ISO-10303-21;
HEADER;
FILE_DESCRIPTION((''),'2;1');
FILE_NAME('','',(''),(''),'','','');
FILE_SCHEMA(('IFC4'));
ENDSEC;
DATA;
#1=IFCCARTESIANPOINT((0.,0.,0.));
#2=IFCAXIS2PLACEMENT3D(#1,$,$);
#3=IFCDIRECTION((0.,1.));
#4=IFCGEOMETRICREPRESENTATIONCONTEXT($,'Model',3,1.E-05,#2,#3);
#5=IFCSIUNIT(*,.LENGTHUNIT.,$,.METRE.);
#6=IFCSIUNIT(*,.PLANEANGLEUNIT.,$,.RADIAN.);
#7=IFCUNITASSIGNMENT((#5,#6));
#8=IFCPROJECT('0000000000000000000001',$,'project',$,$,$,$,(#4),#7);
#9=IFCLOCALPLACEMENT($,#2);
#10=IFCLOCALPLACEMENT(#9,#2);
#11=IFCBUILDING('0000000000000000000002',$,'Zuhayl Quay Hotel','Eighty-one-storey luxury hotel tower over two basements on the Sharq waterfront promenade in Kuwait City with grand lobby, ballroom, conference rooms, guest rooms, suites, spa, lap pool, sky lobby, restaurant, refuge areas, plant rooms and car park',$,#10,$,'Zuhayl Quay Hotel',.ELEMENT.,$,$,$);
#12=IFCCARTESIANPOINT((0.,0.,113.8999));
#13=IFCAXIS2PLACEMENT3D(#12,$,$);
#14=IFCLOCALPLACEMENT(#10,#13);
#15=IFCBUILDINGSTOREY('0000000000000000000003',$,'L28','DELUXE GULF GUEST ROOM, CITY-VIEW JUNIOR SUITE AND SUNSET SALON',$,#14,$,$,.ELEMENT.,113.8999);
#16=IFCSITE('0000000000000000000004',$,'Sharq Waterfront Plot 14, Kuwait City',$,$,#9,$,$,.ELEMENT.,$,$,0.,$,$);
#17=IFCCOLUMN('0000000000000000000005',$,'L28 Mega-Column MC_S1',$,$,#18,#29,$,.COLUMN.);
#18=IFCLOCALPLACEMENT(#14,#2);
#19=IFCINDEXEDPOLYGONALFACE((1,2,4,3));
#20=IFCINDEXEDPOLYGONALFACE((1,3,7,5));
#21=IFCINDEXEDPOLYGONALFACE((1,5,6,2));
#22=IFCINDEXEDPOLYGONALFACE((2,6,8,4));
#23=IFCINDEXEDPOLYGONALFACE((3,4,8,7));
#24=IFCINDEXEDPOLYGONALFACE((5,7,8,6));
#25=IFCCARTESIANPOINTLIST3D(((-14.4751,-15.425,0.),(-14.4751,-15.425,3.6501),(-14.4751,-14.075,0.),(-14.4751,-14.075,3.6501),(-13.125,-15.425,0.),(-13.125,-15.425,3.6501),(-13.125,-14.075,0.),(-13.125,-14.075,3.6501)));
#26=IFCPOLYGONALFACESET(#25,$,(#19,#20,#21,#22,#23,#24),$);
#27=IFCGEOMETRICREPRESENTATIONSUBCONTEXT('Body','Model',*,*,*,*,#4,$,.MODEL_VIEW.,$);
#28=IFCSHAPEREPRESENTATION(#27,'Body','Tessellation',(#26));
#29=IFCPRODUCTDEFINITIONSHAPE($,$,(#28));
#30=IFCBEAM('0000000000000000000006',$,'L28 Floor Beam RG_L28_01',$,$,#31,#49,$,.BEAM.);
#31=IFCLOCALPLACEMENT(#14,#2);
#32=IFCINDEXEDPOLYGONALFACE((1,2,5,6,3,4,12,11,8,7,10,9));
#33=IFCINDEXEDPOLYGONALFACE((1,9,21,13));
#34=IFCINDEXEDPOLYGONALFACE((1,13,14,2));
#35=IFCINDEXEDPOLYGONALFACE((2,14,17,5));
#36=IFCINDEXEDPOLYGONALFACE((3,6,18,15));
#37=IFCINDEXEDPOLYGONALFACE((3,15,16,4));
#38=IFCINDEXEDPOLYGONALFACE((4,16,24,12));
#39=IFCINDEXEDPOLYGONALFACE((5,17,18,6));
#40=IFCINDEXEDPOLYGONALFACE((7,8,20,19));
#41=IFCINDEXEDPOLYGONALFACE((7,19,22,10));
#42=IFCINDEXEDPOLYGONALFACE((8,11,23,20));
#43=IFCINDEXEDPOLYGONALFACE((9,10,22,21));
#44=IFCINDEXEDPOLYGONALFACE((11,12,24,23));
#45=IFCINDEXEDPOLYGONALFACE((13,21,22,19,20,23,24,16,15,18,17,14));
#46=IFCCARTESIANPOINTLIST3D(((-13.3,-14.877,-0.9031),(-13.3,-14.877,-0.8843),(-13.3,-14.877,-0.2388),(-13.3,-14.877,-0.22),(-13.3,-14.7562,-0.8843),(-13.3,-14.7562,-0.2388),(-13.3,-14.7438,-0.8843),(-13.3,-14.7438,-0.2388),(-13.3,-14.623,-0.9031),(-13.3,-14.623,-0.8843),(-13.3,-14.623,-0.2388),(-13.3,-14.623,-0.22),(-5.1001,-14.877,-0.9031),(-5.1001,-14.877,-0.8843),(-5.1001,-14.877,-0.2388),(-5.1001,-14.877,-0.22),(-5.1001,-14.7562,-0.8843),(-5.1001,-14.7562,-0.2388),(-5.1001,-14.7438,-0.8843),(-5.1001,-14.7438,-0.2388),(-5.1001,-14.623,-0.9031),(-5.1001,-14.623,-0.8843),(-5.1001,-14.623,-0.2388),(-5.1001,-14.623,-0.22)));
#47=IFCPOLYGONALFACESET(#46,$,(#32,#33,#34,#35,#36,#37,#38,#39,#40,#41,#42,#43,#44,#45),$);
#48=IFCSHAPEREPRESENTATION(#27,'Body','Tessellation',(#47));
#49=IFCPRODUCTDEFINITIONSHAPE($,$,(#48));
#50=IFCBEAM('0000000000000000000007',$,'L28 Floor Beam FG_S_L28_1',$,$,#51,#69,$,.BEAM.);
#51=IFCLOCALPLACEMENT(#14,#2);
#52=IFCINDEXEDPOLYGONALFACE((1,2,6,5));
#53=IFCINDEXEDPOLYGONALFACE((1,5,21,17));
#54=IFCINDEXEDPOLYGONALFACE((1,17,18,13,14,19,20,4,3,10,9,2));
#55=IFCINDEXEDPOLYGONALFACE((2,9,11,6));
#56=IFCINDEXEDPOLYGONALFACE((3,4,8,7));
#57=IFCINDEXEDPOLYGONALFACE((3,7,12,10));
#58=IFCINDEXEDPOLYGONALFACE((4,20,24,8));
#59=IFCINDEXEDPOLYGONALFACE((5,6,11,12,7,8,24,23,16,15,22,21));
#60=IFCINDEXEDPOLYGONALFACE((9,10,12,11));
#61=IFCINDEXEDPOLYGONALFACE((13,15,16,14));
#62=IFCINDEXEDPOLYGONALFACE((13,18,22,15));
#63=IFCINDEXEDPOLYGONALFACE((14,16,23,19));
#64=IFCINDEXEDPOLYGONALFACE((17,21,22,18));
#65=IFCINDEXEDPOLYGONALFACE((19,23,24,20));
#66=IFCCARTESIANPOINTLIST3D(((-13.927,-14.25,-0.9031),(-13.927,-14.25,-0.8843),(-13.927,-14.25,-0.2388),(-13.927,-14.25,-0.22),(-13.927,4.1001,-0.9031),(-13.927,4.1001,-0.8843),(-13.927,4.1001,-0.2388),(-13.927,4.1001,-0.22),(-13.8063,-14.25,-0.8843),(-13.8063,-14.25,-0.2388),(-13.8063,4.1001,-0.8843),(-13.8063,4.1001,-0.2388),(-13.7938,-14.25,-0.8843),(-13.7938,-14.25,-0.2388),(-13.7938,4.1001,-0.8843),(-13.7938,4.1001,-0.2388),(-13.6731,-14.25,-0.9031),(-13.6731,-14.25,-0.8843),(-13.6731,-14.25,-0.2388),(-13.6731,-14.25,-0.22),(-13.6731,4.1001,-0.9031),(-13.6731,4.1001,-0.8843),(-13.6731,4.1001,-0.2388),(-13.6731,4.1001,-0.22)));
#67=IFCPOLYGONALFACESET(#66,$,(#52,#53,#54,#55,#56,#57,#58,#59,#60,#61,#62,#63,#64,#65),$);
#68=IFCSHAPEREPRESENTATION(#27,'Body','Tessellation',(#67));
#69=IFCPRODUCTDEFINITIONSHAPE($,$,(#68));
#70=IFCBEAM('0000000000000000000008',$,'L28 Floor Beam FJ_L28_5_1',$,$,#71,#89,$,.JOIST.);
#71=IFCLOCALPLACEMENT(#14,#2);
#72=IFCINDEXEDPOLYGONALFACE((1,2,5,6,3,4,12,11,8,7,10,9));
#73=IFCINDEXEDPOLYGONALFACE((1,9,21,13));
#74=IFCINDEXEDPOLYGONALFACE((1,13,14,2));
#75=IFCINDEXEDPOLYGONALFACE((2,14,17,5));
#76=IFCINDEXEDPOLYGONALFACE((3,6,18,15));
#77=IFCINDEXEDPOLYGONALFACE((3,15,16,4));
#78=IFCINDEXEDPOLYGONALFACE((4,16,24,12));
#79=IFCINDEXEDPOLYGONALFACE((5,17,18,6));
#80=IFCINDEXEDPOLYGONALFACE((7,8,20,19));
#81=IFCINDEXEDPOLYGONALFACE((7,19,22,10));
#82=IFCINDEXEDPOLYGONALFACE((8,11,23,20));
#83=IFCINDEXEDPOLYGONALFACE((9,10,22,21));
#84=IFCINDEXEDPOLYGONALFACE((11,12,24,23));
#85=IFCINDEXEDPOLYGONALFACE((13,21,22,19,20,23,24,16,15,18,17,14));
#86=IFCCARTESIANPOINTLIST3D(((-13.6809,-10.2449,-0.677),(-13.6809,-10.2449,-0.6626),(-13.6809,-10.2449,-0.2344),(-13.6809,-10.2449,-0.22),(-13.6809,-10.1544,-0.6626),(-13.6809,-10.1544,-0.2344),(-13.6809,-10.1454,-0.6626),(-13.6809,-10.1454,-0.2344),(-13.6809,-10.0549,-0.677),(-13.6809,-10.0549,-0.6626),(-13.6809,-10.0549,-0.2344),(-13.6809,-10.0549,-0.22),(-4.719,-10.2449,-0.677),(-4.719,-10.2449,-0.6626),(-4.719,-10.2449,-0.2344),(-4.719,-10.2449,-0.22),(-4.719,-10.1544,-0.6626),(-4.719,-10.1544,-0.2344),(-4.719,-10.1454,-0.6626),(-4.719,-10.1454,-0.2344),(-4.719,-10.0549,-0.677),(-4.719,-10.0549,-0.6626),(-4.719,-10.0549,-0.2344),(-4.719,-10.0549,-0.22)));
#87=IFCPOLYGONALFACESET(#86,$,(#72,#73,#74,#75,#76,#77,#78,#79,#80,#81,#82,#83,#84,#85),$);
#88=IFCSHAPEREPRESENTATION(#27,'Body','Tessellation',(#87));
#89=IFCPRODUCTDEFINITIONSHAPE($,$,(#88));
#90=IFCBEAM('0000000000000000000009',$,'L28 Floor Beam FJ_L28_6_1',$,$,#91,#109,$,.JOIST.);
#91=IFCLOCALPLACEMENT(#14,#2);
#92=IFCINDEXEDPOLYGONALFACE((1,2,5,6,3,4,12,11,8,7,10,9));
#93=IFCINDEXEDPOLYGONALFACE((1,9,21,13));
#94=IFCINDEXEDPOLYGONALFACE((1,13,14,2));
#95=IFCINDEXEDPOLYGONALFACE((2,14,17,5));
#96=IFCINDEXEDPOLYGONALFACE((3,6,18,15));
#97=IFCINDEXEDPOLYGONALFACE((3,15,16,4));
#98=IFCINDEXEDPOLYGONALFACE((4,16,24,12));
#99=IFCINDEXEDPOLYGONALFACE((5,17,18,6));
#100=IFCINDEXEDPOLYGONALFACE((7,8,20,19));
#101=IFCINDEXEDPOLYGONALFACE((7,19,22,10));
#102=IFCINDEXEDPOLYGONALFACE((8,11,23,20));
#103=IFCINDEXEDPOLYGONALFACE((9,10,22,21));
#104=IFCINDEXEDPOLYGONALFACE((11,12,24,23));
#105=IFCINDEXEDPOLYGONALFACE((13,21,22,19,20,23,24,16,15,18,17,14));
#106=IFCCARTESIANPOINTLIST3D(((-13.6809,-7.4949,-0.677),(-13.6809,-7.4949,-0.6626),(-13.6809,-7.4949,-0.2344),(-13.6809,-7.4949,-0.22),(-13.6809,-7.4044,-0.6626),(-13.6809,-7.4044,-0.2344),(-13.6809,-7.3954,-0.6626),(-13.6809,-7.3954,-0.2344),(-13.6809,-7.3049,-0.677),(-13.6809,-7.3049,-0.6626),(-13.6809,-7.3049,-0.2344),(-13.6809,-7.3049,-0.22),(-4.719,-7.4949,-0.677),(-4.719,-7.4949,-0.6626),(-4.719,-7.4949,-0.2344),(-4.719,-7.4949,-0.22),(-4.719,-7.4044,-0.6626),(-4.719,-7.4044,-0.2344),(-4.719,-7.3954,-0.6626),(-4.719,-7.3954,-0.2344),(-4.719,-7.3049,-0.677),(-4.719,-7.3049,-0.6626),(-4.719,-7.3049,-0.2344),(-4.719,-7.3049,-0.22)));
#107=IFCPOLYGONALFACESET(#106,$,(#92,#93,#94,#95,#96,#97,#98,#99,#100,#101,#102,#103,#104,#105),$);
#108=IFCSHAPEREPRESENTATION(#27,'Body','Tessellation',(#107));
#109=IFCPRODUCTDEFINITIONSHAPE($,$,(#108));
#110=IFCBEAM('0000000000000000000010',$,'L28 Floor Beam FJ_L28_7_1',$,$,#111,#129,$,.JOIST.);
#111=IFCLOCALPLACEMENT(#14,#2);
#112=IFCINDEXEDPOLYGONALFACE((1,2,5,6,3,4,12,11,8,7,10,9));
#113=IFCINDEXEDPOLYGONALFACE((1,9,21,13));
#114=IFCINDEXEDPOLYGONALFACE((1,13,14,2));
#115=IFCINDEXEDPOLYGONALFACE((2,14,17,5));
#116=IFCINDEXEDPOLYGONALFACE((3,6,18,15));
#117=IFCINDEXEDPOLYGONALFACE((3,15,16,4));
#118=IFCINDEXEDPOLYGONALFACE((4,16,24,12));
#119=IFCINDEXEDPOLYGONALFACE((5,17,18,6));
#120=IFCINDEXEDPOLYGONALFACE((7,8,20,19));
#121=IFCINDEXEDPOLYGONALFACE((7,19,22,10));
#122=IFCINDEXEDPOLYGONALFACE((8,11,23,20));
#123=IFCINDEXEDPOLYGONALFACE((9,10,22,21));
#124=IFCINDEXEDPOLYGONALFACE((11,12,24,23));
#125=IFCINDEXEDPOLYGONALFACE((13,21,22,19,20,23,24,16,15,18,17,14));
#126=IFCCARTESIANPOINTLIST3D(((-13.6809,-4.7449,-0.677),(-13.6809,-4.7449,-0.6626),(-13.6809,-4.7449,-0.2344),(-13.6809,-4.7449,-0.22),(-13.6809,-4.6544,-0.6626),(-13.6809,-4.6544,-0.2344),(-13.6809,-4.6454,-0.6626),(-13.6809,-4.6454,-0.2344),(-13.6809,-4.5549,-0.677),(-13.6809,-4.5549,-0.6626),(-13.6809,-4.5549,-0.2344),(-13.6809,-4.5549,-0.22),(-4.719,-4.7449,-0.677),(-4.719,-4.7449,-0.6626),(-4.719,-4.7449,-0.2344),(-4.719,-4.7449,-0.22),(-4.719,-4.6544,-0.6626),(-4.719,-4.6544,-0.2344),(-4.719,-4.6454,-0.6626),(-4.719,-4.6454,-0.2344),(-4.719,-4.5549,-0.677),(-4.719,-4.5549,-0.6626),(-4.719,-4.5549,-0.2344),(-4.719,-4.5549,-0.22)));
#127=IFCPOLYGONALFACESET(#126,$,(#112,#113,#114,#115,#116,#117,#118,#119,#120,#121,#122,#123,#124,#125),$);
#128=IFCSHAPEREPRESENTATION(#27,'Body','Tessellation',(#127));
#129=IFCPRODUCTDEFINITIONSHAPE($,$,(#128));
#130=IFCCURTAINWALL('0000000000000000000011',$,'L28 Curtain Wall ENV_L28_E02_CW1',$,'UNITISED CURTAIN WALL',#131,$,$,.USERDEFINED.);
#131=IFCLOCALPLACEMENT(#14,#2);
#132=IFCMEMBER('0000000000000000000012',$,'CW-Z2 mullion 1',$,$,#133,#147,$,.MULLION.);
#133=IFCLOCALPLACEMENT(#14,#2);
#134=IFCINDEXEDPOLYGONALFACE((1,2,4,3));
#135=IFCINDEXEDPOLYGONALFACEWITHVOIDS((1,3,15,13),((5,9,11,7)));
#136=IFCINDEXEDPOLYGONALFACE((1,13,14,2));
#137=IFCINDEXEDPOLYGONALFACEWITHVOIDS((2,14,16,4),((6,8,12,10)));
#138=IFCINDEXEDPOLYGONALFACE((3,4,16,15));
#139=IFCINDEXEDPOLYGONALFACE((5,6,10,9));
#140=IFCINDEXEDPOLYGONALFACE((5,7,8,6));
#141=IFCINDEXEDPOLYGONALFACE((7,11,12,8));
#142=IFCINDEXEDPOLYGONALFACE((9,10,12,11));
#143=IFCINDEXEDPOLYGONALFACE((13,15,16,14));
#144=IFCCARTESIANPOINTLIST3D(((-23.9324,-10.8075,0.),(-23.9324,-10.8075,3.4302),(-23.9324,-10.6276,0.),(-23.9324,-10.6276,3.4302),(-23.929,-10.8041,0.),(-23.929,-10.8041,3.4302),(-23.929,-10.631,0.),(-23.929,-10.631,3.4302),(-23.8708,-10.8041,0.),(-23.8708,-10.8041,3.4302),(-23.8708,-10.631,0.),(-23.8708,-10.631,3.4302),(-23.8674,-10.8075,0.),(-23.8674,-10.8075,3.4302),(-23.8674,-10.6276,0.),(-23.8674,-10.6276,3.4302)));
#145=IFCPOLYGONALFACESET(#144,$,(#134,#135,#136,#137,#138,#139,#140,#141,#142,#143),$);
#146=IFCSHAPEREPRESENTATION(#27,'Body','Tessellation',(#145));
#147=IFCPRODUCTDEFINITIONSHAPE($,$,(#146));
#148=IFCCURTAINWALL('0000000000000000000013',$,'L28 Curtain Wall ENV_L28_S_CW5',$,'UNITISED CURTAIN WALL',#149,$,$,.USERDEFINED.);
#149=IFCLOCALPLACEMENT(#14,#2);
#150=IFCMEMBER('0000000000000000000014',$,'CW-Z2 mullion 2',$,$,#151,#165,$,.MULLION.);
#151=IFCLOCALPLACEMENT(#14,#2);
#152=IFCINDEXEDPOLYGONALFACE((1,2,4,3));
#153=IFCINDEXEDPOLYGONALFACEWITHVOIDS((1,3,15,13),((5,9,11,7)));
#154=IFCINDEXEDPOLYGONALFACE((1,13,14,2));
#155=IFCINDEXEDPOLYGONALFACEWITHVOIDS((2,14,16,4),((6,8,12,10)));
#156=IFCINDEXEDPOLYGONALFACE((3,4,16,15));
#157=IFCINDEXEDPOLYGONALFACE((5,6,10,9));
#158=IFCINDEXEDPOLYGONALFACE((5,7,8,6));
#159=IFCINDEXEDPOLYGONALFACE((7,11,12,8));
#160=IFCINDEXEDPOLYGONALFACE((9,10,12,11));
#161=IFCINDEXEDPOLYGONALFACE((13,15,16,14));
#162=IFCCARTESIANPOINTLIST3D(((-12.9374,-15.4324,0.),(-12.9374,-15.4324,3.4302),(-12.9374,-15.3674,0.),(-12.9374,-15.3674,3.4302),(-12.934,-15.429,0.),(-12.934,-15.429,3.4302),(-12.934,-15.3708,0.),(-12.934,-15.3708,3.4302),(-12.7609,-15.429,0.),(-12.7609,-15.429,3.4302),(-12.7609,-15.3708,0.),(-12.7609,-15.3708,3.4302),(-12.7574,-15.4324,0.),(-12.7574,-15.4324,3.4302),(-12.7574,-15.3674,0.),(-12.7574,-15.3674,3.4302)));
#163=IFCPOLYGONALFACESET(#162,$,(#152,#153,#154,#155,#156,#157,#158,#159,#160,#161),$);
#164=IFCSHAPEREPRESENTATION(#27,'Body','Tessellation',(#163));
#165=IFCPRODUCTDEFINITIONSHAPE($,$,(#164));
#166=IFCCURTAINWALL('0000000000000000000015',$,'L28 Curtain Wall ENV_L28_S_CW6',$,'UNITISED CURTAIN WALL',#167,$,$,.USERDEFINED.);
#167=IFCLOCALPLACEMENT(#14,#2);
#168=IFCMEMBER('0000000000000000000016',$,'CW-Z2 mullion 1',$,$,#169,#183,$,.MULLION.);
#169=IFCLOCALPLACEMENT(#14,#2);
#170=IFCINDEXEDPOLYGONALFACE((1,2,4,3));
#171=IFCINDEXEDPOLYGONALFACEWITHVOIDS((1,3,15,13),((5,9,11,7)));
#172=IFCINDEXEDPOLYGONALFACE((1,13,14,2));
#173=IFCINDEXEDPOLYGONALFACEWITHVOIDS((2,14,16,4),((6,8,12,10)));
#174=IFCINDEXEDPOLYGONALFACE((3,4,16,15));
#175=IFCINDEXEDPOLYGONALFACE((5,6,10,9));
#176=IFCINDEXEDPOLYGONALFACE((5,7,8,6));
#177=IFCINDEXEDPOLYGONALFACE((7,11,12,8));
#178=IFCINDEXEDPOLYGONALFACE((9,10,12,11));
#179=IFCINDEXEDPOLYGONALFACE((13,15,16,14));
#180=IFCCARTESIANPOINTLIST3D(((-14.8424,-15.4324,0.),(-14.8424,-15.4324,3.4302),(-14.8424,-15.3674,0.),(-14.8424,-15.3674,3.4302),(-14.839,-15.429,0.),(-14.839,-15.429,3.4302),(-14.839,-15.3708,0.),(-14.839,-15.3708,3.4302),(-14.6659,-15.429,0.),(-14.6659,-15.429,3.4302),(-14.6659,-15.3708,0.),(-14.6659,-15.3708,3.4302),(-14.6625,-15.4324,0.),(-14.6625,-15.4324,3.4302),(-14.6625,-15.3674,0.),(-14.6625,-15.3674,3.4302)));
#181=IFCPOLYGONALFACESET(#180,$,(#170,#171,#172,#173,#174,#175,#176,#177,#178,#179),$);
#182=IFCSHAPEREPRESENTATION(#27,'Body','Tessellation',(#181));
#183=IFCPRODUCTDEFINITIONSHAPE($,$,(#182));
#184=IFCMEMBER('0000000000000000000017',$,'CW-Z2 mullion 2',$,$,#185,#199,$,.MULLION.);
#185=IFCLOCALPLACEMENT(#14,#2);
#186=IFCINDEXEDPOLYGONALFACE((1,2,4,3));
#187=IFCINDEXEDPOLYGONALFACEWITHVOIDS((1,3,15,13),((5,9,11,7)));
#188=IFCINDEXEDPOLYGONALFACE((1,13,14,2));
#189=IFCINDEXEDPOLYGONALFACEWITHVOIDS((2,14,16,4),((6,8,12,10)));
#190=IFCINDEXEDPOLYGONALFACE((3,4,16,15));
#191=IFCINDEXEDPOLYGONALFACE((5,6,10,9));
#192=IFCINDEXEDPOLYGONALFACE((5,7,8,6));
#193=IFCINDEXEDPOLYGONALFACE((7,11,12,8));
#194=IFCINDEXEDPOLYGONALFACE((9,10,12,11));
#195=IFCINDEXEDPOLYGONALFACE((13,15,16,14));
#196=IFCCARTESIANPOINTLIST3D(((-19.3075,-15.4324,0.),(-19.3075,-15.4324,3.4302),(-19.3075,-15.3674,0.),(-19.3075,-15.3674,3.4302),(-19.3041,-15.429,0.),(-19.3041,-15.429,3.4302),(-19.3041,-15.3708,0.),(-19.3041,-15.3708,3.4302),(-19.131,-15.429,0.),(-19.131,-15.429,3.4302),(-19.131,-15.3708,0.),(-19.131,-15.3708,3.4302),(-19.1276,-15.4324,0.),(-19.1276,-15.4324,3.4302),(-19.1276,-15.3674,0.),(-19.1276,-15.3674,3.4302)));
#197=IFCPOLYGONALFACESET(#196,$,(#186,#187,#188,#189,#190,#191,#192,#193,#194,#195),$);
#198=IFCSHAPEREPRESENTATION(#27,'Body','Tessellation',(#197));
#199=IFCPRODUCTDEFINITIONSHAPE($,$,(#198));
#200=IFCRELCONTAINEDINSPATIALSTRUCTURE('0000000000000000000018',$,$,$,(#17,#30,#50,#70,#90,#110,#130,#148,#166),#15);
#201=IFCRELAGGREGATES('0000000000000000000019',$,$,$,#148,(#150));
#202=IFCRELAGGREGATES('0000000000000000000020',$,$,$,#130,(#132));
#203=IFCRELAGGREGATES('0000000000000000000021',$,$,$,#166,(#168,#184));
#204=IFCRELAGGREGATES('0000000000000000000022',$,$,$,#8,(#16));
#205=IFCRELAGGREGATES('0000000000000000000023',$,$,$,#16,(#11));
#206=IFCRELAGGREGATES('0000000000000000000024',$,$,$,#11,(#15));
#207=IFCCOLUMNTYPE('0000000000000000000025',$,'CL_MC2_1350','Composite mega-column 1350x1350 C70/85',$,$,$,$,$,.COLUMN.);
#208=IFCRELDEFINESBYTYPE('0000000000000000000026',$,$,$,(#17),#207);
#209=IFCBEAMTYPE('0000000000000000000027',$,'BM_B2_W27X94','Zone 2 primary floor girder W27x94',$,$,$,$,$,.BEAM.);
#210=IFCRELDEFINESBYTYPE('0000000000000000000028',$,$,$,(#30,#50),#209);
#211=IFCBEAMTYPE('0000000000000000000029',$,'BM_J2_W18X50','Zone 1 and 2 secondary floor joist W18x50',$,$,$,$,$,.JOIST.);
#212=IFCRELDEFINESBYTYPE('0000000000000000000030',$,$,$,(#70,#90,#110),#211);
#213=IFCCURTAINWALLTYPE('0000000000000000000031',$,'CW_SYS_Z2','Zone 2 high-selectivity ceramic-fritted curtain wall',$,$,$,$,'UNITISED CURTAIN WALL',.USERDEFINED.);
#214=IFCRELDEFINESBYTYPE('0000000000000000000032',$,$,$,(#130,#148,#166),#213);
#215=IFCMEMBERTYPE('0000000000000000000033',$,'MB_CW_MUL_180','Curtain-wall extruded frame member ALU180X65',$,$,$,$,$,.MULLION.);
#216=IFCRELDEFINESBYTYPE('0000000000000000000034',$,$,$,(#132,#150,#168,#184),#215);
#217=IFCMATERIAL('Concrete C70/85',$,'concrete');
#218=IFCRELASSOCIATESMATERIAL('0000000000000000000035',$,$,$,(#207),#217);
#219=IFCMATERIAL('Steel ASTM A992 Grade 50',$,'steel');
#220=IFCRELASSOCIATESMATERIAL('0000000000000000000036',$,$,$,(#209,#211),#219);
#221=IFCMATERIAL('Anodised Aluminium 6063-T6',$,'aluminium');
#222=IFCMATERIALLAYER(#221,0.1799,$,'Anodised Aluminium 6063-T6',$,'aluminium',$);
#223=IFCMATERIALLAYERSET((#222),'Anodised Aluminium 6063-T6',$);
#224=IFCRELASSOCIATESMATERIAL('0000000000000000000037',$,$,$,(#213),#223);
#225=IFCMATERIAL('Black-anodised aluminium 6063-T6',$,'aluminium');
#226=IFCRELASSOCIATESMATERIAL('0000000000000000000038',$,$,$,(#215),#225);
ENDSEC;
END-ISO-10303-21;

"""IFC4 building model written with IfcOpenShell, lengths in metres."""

from ifc_helpers import new_model, si_unit, direction, frame, origin, origin_2d, place, context, subcontext, project, spatial, rectangle, hollow_rectangle, i_section, extrude, material, layer, layer_set, material_profile, profile_set, type_object, element, aggregate, save


model = new_model("IFC4")

# Units and contexts
model_context = context("Model", 3, precision=1e-05, world=origin(), true_north=direction((0.0, 1.0)))
body_context = subcontext(model_context, "Body", "Model", "MODEL_VIEW")
ifc_project = project(units=[si_unit("LENGTHUNIT", "METRE"), si_unit("PLANEANGLEUNIT", "RADIAN")], contexts=[model_context])

# Site, building, storey
site_placement = place(None, origin())
site = spatial("IfcSite", under=ifc_project, at=site_placement, Name="Sharq Waterfront Plot 14, Kuwait City", CompositionType="ELEMENT", RefElevation=0.0)
building_placement = place(site_placement, origin())
building = spatial("IfcBuilding", under=site, at=building_placement, Name="Zuhayl Quay Hotel", Description="Eighty-one-storey luxury hotel tower over two basements on the Sharq waterfront promenade in Kuwait City with grand lobby, ballroom, conference rooms, guest rooms, suites, spa, lap pool, sky lobby, restaurant, refuge areas, plant rooms and car park", LongName="Zuhayl Quay Hotel", CompositionType="ELEMENT")
storey_placement = place(building_placement, frame((0.0, 0.0, 113.8999)))
storey = spatial("IfcBuildingStorey", under=building, at=storey_placement, Name="L28", Description="DELUXE GULF GUEST ROOM, CITY-VIEW JUNIOR SUITE AND SUNSET SALON", CompositionType="ELEMENT", Elevation=113.8999)

# Column
ifc_material_1 = material(Name="Concrete C70/85", Category="concrete")
ifc_material_profile_1 = material_profile(ifc_material_1, rectangle(XDim=1.3501, YDim=1.3501, at=origin_2d()), Name="RC1350X1350")
ifc_profile_set_1 = profile_set([ifc_material_profile_1], Name="Concrete C70/85")
column_type = type_object("IfcColumnType", Name="CL_MC2_1350", Description="Composite mega-column 1350x1350 C70/85", PredefinedType="COLUMN", material=ifc_profile_set_1)
column_placement = place(storey_placement, frame((-13.8, -14.75, 0.0), z_axis=(0.0, 0.0, 1.0), x_axis=(1.0, 0.0, 0.0)))
element("IfcColumn", 1, at=column_placement, inside=storey, type_object=column_type, Name="L28 Mega-Column MC_S1", PredefinedType="COLUMN", context=body_context, shape_type="SweptSolid", body=[
    extrude(rectangle(XDim=1.3501, YDim=1.3501, at=origin_2d()), origin(), (0.0, 0.0, 1.0), 3.6501),
])

# Beams
ifc_material_2 = material(Name="Steel ASTM A992 Grade 50", Category="steel")
ifc_material_profile_2 = material_profile(ifc_material_2, i_section(OverallWidth=0.2539, OverallDepth=0.6831, WebThickness=0.0125, FlangeThickness=0.0188, at=origin_2d()), Name="W27X94")
ifc_profile_set_2 = profile_set([ifc_material_profile_2], Name="Steel ASTM A992 Grade 50")
beam_type_1 = type_object("IfcBeamType", Name="BM_B2_W27X94", Description="Zone 2 primary floor girder W27x94", PredefinedType="BEAM", material=ifc_profile_set_2)
beam_1_placement = place(storey_placement, frame((-13.3, -14.75, -0.5615), z_axis=(1.0, 0.0, 0.0), x_axis=(0.0, 1.0, 0.0)))
element("IfcBeam", 2, at=beam_1_placement, inside=storey, type_object=beam_type_1, Name="L28 Floor Beam RG_L28_01", PredefinedType="BEAM", context=body_context, shape_type="SweptSolid", body=[
    extrude(i_section(OverallWidth=0.2539, OverallDepth=0.6831, WebThickness=0.0125, FlangeThickness=0.0188, at=origin_2d()), origin(), (0.0, 0.0, 1.0), 8.2),
])
beam_2_placement = place(storey_placement, frame((-13.8, -14.25, -0.5615), z_axis=(0.0, 1.0, 0.0), x_axis=(-1.0, 0.0, 0.0)))
element("IfcBeam", 3, at=beam_2_placement, inside=storey, type_object=beam_type_1, Name="L28 Floor Beam FG_S_L28_1", PredefinedType="BEAM", context=body_context, shape_type="SweptSolid", body=[
    extrude(i_section(OverallWidth=0.2539, OverallDepth=0.6831, WebThickness=0.0125, FlangeThickness=0.0188, at=origin_2d()), origin(), (0.0, 0.0, 1.0), 18.3501),
])
ifc_material_profile_3 = material_profile(ifc_material_2, i_section(OverallWidth=0.1899, OverallDepth=0.457, WebThickness=0.009, FlangeThickness=0.0144, at=origin_2d()), Name="W18X50")
ifc_profile_set_3 = profile_set([ifc_material_profile_3], Name="Steel ASTM A992 Grade 50")
beam_type_2 = type_object("IfcBeamType", Name="BM_J2_W18X50", Description="Zone 1 and 2 secondary floor joist W18x50", PredefinedType="JOIST", material=ifc_profile_set_3)
for number, where, z_axis, x_axis, name in (
    (4, (-13.6809, -10.1499, -0.4485), (1.0, 0.0, 0.0), (0.0, 1.0, 0.0), "L28 Floor Beam FJ_L28_5_1"),
    (5, (-13.6809, -7.3999, -0.4485), (1.0, 0.0, 0.0), (0.0, 1.0, 0.0), "L28 Floor Beam FJ_L28_6_1"),
    (6, (-13.6809, -4.6499, -0.4485), (1.0, 0.0, 0.0), (0.0, 1.0, 0.0), "L28 Floor Beam FJ_L28_7_1"),
):
    element("IfcBeam", number, at=place(storey_placement, frame(where, z_axis=z_axis, x_axis=x_axis)), inside=storey, type_object=beam_type_2, Name=name, PredefinedType="JOIST", context=body_context, shape_type="SweptSolid", body=[
        extrude(i_section(OverallWidth=0.1899, OverallDepth=0.457, WebThickness=0.009, FlangeThickness=0.0144, at=origin_2d()), origin(), (0.0, 0.0, 1.0), 8.9619),
    ])

# Curtain walls, members
ifc_material_3 = material(Name="Anodised Aluminium 6063-T6", Category="aluminium")
ifc_layer_1 = layer(ifc_material_3, 0.1799, Name="Anodised Aluminium 6063-T6", Category="aluminium")
ifc_layer_set_1 = layer_set([ifc_layer_1], Name="Anodised Aluminium 6063-T6")
curtain_wall_type = type_object("IfcCurtainWallType", Name="CW_SYS_Z2", Description="Zone 2 high-selectivity ceramic-fritted curtain wall", ElementType="UNITISED CURTAIN WALL", PredefinedType="USERDEFINED", material=ifc_layer_set_1)
curtain_wall_1_placement = place(storey_placement, origin())
curtain_wall_1 = element("IfcCurtainWall", 7, at=curtain_wall_1_placement, inside=storey, type_object=curtain_wall_type, Name="L28 Curtain Wall ENV_L28_E02_CW1", ObjectType="UNITISED CURTAIN WALL", PredefinedType="USERDEFINED")
ifc_material_4 = material(Name="Black-anodised aluminium 6063-T6", Category="aluminium")
ifc_material_profile_4 = material_profile(ifc_material_4, hollow_rectangle(XDim=0.0649, YDim=0.1799, WallThickness=0.0034, at=origin_2d()), Name="ALU180X65")
ifc_profile_set_4 = profile_set([ifc_material_profile_4], Name="Black-anodised aluminium 6063-T6")
member_type_1 = type_object("IfcMemberType", Name="MB_CW_MUL_180", Description="Curtain-wall extruded frame member ALU180X65", PredefinedType="MULLION", material=ifc_profile_set_4)
member_1_placement = place(storey_placement, frame((-23.8999, -10.7175, 0.0), z_axis=(0.0, 0.0, 1.0), x_axis=(-1.0, 0.0, 0.0)))
member_1 = element("IfcMember", 8, at=member_1_placement, type_object=member_type_1, Name="CW-Z2 mullion 1", PredefinedType="MULLION", context=body_context, shape_type="SweptSolid", body=[
    extrude(hollow_rectangle(XDim=0.0649, YDim=0.1799, WallThickness=0.0034, at=origin_2d()), origin(), (0.0, 0.0, 1.0), 3.4302),
])
curtain_wall_2_placement = place(storey_placement, origin())
curtain_wall_2 = element("IfcCurtainWall", 9, at=curtain_wall_2_placement, inside=storey, type_object=curtain_wall_type, Name="L28 Curtain Wall ENV_L28_S_CW5", ObjectType="UNITISED CURTAIN WALL", PredefinedType="USERDEFINED")
member_2_placement = place(storey_placement, frame((-12.8474, -15.3999, 0.0), z_axis=(0.0, 0.0, 1.0), x_axis=(0.0, -1.0, 0.0)))
member_2 = element("IfcMember", 10, at=member_2_placement, type_object=member_type_1, Name="CW-Z2 mullion 2", PredefinedType="MULLION", context=body_context, shape_type="SweptSolid", body=[
    extrude(hollow_rectangle(XDim=0.0649, YDim=0.1799, WallThickness=0.0034, at=origin_2d()), origin(), (0.0, 0.0, 1.0), 3.4302),
])
aggregate(curtain_wall_2, [member_2])

# Curtain wall, members
curtain_wall_3_placement = place(storey_placement, origin())
curtain_wall_3 = element("IfcCurtainWall", 11, at=curtain_wall_3_placement, inside=storey, type_object=curtain_wall_type, Name="L28 Curtain Wall ENV_L28_S_CW6", ObjectType="UNITISED CURTAIN WALL", PredefinedType="USERDEFINED")
member_3_placement = place(storey_placement, frame((-14.7524, -15.3999, 0.0), z_axis=(0.0, 0.0, 1.0), x_axis=(0.0, -1.0, 0.0)))
member_3 = element("IfcMember", 12, at=member_3_placement, type_object=member_type_1, Name="CW-Z2 mullion 1", PredefinedType="MULLION", context=body_context, shape_type="SweptSolid", body=[
    extrude(hollow_rectangle(XDim=0.0649, YDim=0.1799, WallThickness=0.0034, at=origin_2d()), origin(), (0.0, 0.0, 1.0), 3.4302),
])
member_4_placement = place(storey_placement, frame((-19.2175, -15.3999, 0.0), z_axis=(0.0, 0.0, 1.0), x_axis=(0.0, -1.0, 0.0)))
member_4 = element("IfcMember", 13, at=member_4_placement, type_object=member_type_1, Name="CW-Z2 mullion 2", PredefinedType="MULLION", context=body_context, shape_type="SweptSolid", body=[
    extrude(hollow_rectangle(XDim=0.0649, YDim=0.1799, WallThickness=0.0034, at=origin_2d()), origin(), (0.0, 0.0, 1.0), 3.4302),
])

aggregate(curtain_wall_1, [member_1])
aggregate(curtain_wall_3, [member_3, member_4])

save(model, "model.ifc")
